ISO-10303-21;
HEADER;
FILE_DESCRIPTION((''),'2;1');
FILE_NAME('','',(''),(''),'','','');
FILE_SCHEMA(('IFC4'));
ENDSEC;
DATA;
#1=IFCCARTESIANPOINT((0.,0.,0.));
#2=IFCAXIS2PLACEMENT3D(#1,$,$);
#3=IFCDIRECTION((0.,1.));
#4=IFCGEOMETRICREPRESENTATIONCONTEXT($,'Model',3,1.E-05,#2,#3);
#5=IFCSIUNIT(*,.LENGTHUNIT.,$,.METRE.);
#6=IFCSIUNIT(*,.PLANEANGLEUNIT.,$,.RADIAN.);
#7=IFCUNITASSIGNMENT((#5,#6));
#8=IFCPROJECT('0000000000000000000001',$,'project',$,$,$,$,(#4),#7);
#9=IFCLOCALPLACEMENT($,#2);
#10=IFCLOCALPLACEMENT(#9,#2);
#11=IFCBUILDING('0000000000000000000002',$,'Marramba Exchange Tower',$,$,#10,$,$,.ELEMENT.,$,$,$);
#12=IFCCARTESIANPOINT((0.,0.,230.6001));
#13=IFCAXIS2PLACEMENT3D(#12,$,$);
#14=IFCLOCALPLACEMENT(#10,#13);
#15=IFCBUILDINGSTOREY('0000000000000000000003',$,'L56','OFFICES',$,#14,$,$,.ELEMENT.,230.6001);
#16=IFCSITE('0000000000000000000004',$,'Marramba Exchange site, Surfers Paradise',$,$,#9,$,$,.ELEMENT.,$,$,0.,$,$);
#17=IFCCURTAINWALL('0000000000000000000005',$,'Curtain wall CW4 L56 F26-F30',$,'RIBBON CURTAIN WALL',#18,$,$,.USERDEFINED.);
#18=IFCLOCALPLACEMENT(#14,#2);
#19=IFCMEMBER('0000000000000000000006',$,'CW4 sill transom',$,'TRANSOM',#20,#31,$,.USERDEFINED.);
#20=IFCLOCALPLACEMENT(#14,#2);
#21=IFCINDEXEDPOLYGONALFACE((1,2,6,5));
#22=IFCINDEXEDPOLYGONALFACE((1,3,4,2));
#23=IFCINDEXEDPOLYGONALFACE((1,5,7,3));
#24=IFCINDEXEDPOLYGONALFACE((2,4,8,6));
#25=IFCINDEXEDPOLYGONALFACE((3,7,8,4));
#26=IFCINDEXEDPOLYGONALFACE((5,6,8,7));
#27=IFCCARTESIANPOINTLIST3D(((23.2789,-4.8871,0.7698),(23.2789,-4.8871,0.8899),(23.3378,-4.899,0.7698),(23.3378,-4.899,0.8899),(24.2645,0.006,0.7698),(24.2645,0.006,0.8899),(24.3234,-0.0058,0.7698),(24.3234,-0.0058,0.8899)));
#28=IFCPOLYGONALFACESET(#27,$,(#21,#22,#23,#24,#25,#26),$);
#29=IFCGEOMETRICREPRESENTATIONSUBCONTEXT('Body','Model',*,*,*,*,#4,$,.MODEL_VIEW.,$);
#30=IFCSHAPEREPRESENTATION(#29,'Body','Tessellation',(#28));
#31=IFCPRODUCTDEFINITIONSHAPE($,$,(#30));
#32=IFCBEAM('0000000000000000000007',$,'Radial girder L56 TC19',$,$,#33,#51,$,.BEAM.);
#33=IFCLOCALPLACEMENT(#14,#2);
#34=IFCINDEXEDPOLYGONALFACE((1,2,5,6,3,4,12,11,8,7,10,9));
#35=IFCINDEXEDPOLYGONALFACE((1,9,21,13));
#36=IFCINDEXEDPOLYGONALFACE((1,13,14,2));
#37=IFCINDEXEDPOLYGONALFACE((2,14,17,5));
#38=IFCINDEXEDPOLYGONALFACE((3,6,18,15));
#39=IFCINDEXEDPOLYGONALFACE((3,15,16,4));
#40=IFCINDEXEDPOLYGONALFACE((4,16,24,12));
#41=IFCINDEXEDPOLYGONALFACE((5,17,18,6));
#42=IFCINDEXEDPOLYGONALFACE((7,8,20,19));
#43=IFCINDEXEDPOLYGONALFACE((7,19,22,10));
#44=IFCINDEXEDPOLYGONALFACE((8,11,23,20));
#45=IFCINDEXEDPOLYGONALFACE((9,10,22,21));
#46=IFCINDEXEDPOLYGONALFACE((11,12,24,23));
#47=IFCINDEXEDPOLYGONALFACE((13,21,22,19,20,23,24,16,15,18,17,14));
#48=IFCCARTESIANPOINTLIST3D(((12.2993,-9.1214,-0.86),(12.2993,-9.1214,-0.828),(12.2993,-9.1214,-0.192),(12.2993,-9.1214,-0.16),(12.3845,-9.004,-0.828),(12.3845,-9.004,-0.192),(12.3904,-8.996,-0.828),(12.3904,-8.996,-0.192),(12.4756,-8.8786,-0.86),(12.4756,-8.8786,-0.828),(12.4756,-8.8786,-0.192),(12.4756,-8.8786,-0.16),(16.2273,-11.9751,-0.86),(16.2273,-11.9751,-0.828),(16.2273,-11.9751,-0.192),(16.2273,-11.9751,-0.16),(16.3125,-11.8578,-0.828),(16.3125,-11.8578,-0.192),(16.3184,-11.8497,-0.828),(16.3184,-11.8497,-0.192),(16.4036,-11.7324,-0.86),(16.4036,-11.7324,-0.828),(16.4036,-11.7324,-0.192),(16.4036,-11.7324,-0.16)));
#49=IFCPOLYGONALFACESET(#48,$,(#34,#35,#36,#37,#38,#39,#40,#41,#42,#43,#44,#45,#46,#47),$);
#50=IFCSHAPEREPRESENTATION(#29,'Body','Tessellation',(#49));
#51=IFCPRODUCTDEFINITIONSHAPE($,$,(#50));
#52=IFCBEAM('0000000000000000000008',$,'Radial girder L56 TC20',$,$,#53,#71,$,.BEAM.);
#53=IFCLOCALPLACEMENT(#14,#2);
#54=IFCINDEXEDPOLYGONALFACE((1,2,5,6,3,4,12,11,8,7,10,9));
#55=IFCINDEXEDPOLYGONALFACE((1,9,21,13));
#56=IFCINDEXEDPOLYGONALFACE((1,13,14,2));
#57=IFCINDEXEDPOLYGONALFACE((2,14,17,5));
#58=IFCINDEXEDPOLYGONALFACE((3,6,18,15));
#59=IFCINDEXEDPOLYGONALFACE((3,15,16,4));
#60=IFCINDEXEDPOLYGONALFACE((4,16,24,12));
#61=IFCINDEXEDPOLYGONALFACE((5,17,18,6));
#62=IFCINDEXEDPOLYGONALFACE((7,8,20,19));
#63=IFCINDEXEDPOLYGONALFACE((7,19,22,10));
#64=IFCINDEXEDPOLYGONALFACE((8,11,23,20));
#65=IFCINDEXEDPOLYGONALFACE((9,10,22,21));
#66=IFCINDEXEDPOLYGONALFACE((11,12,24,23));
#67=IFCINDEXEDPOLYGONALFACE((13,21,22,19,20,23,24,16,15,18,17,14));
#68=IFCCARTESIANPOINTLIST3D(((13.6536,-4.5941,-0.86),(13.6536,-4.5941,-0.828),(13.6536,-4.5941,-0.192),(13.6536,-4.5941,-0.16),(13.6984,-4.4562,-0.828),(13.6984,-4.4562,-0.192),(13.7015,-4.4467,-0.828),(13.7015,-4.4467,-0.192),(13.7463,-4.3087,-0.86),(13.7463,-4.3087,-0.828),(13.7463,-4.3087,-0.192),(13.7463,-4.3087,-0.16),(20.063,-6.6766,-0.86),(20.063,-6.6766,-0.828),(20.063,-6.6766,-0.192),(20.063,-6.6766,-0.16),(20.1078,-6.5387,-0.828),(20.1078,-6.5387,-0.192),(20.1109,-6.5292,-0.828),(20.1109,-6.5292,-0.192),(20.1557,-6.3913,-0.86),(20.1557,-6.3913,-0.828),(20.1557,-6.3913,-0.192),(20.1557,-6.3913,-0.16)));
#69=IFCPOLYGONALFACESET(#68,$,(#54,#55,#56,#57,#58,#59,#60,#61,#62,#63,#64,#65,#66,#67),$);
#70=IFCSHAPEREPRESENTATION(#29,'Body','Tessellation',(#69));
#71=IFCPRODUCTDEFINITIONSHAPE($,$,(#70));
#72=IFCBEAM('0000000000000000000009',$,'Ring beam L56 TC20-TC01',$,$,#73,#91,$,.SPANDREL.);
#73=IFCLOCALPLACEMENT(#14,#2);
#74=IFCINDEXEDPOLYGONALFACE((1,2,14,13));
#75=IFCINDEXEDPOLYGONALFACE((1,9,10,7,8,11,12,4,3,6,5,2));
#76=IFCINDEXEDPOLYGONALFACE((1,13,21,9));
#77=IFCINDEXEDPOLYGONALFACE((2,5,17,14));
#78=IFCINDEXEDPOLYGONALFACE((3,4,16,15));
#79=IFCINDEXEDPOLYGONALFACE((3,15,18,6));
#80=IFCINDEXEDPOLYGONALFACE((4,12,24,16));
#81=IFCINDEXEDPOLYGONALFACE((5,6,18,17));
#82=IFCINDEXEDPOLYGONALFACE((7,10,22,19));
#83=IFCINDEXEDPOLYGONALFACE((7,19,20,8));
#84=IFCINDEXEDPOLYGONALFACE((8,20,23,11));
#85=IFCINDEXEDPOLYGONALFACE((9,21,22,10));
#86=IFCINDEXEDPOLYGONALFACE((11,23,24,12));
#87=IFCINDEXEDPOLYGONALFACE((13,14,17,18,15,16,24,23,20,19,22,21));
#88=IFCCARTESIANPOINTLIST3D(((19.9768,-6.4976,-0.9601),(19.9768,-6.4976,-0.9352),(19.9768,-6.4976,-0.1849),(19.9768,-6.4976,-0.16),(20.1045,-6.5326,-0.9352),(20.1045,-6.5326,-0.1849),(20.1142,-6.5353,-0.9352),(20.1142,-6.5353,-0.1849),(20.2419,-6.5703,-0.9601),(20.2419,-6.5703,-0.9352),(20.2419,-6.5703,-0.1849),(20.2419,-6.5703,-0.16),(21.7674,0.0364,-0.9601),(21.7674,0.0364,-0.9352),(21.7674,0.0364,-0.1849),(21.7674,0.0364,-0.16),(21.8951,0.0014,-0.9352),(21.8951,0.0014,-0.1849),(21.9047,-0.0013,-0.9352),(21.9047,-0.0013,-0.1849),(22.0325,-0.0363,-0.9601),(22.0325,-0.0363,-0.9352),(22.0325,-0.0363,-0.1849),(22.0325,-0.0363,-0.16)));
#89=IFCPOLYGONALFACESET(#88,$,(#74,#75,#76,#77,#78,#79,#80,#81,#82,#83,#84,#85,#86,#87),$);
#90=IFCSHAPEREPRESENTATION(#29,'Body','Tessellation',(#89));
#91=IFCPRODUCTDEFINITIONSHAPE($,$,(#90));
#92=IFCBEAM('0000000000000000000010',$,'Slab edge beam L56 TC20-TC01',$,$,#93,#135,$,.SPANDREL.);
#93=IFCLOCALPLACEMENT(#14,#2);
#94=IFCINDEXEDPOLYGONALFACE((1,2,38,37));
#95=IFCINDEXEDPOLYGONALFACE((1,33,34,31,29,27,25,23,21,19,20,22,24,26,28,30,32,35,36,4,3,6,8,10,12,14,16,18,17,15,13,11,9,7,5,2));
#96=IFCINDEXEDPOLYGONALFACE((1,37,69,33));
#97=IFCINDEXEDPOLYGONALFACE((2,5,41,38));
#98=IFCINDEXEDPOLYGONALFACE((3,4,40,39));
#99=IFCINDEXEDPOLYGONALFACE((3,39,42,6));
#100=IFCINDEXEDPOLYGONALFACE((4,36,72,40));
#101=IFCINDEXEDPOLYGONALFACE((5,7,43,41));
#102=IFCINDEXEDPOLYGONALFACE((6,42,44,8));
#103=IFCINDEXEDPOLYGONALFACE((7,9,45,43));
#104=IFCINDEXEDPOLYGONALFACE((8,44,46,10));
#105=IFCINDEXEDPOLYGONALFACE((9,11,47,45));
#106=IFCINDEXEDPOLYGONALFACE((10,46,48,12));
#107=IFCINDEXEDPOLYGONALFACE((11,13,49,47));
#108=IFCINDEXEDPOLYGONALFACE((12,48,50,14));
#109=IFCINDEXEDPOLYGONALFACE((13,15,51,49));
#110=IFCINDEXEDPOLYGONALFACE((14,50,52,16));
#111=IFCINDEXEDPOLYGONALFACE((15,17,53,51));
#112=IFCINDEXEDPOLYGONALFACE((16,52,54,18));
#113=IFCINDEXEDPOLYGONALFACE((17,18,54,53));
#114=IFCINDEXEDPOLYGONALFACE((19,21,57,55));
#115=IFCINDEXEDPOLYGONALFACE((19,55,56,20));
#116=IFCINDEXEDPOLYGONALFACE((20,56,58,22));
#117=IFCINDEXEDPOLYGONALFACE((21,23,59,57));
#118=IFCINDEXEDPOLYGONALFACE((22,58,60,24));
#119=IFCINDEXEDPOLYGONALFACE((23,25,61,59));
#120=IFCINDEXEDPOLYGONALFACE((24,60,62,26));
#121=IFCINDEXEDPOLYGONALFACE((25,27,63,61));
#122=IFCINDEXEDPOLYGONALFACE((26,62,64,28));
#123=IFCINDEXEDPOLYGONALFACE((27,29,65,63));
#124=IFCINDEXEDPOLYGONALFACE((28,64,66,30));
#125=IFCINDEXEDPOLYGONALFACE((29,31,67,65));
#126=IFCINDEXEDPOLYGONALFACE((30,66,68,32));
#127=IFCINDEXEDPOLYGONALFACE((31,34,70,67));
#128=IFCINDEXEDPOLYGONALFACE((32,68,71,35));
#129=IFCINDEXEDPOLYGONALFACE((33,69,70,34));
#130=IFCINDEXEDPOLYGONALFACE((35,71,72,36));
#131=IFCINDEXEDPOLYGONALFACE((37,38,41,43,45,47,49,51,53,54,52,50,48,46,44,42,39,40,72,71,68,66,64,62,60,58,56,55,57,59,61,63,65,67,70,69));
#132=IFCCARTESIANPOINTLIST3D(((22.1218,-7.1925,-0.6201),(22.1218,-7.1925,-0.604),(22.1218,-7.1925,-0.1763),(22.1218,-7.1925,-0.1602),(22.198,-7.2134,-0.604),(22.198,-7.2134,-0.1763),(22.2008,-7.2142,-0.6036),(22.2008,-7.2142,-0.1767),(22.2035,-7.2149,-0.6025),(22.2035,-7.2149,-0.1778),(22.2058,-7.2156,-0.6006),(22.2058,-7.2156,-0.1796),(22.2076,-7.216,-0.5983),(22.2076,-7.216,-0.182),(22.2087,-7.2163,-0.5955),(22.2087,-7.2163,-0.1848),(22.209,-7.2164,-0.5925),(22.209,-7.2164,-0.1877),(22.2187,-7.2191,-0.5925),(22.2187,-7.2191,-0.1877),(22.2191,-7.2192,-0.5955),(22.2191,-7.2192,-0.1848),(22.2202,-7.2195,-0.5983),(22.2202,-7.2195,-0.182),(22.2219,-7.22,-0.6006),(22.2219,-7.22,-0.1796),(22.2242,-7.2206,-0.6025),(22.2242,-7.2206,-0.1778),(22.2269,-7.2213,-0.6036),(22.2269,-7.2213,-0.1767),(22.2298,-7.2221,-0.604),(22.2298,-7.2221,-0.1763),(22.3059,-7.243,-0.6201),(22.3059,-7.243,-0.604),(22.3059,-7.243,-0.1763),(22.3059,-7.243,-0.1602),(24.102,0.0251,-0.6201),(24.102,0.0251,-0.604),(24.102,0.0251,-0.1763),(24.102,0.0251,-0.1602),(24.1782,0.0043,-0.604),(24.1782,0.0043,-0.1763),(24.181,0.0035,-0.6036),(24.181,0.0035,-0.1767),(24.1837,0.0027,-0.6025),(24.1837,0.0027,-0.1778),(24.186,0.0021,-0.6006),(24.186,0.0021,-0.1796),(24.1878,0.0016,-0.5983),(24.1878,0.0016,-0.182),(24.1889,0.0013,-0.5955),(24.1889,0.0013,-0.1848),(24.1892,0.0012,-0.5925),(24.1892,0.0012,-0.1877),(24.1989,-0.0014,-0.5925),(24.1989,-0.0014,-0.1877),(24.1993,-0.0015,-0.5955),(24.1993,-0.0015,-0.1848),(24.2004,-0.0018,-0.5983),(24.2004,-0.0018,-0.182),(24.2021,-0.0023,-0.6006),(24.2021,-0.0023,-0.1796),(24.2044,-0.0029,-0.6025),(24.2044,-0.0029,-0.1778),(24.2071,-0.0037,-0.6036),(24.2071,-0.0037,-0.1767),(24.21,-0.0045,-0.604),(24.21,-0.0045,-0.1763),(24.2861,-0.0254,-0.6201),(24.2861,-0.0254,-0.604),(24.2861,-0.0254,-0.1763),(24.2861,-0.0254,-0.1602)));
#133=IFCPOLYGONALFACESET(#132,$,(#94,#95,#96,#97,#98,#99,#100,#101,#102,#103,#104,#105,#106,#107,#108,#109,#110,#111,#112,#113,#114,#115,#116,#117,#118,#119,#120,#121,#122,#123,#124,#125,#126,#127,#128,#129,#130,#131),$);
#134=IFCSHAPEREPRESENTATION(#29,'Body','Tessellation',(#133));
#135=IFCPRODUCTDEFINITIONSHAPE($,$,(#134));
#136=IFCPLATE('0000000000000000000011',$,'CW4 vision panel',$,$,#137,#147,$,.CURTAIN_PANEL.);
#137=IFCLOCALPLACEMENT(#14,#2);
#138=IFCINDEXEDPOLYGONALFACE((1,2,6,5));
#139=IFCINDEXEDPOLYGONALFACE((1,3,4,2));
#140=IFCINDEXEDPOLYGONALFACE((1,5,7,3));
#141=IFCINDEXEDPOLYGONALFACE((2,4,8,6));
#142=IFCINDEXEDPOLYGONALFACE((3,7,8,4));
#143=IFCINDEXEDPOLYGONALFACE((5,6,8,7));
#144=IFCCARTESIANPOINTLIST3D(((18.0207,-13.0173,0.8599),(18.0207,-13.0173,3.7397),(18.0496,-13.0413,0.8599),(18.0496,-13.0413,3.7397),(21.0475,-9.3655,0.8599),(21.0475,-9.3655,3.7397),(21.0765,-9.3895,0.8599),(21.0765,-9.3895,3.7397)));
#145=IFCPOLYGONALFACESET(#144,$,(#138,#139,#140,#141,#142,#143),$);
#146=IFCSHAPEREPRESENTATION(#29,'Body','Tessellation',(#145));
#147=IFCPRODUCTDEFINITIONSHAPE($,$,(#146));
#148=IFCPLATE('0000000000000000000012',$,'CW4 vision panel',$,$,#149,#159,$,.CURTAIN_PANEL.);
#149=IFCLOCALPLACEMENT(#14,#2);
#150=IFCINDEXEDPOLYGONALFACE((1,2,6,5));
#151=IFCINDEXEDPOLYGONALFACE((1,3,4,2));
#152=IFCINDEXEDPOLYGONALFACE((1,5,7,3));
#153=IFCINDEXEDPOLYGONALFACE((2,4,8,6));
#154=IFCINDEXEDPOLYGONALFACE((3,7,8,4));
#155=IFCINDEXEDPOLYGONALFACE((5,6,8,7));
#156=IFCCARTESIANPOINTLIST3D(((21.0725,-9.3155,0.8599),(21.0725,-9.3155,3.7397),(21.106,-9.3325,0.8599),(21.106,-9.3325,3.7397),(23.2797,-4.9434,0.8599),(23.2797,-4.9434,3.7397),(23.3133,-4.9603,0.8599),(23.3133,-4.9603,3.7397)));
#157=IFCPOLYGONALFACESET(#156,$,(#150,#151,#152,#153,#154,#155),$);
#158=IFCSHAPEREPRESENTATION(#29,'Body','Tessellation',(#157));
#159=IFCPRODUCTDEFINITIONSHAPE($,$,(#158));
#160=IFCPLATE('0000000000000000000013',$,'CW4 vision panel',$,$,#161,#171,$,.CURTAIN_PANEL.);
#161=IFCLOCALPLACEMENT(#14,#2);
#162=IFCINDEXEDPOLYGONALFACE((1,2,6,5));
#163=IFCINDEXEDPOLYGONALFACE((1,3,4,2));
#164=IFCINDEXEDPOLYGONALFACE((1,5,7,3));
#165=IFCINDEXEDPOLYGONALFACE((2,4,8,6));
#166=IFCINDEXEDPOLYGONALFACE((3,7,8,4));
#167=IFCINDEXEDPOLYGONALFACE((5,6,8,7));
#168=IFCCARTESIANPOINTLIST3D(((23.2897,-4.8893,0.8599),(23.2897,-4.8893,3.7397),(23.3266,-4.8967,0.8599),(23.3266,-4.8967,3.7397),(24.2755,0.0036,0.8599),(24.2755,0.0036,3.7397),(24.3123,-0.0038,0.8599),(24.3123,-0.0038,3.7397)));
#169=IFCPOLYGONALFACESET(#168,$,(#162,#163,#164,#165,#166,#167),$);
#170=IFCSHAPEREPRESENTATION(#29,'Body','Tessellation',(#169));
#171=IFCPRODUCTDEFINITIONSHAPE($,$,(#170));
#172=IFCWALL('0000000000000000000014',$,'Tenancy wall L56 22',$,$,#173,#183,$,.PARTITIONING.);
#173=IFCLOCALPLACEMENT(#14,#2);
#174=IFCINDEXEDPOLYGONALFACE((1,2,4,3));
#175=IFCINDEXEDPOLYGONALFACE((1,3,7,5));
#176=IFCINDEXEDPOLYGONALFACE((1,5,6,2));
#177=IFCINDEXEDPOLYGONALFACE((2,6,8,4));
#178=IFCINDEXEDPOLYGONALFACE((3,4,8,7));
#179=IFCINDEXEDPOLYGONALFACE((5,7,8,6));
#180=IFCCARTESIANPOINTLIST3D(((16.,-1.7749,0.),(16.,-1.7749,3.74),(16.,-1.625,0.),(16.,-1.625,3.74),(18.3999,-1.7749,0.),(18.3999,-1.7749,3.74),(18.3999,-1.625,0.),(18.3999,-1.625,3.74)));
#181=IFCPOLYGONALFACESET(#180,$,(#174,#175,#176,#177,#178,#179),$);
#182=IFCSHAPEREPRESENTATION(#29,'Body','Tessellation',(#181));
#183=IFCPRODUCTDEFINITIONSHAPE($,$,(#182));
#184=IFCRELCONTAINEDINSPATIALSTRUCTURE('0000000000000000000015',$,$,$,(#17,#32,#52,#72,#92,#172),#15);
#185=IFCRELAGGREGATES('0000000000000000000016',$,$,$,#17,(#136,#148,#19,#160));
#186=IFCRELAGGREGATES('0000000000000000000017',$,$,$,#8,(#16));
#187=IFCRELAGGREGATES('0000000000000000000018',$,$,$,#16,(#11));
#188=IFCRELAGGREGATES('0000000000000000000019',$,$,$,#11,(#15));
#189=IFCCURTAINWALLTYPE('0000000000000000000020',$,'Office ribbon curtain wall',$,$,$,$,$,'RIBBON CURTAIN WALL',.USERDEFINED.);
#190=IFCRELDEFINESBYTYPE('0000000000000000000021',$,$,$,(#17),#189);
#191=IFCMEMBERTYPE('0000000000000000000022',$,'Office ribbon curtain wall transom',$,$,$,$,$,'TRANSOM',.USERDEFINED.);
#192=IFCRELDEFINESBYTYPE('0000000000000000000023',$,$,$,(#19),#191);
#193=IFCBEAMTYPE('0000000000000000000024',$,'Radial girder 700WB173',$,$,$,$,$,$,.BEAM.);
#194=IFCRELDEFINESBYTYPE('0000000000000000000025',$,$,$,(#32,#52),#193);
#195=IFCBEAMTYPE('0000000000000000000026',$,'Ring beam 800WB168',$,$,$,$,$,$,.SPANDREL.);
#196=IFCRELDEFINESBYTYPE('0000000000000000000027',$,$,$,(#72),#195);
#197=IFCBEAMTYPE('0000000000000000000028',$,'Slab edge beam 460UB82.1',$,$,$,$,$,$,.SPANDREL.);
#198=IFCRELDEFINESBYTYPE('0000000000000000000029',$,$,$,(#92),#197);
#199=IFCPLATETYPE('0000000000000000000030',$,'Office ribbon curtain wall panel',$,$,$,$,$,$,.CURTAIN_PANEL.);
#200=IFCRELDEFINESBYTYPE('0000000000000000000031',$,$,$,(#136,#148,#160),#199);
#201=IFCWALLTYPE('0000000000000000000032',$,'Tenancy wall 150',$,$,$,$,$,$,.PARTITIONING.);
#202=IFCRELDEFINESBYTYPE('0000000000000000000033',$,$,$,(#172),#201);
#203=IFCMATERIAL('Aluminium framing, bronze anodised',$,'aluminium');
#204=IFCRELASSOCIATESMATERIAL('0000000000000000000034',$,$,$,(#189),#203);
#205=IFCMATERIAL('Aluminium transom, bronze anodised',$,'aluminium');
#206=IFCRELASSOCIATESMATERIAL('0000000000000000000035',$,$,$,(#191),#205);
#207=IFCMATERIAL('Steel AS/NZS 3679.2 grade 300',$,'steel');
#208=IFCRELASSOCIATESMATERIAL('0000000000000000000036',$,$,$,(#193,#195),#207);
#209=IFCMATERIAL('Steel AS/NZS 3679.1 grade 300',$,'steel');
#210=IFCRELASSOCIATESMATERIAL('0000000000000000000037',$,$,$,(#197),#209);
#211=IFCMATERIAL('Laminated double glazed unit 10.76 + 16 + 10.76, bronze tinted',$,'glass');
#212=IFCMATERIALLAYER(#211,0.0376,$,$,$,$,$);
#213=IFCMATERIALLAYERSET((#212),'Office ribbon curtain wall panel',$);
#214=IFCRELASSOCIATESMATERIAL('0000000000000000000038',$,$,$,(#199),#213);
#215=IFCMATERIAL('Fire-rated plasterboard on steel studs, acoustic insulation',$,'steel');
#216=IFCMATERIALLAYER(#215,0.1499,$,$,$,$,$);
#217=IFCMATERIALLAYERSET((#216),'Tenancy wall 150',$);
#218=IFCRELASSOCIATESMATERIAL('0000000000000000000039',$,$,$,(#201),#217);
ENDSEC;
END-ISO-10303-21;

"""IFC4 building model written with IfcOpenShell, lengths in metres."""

from ifc_helpers import new_model, si_unit, direction, frame, frame_2d, origin, origin_2d, place, context, subcontext, project, spatial, rectangle, i_section, extrude, material, layer, layer_set, material_profile, profile_set, type_object, element, aggregate, save


model = new_model("IFC4")

# Units and contexts
model_context = context("Model", 3, precision=1e-05, world=origin(), true_north=direction((0.0, 1.0)))
body_context = subcontext(model_context, "Body", "Model", "MODEL_VIEW")
ifc_project = project(units=[si_unit("LENGTHUNIT", "METRE"), si_unit("PLANEANGLEUNIT", "RADIAN")], contexts=[model_context])

# Site, building, storey
site_placement = place(None, origin())
site = spatial("IfcSite", under=ifc_project, at=site_placement, Name="Marramba Exchange site, Surfers Paradise", CompositionType="ELEMENT", RefElevation=0.0)
building_placement = place(site_placement, origin())
building = spatial("IfcBuilding", under=site, at=building_placement, Name="Marramba Exchange Tower", CompositionType="ELEMENT")
storey_placement = place(building_placement, frame((0.0, 0.0, 230.6001)))
storey = spatial("IfcBuildingStorey", under=building, at=storey_placement, Name="L56", Description="OFFICES", CompositionType="ELEMENT", Elevation=230.6001)

# Shared definitions
ifc_material_1 = material(Name="Steel AS/NZS 3679.2 grade 300", Category="steel")
ifc_material_2 = material(Name="Steel AS/NZS 3679.1 grade 300", Category="steel")

# Curtain wall, member
ifc_material_3 = material(Name="Aluminium framing, bronze anodised", Category="aluminium")
curtain_wall_type = type_object("IfcCurtainWallType", Name="Office ribbon curtain wall", ElementType="RIBBON CURTAIN WALL", PredefinedType="USERDEFINED", material=ifc_material_3)
curtain_wall_placement = place(storey_placement, origin())
curtain_wall = element("IfcCurtainWall", 1, at=curtain_wall_placement, inside=storey, type_object=curtain_wall_type, Name="Curtain wall CW4 L56 F26-F30", ObjectType="RIBBON CURTAIN WALL", PredefinedType="USERDEFINED")
ifc_material_4 = material(Name="Aluminium transom, bronze anodised", Category="aluminium")
ifc_material_profile_1 = material_profile(ifc_material_4, rectangle(XDim=0.0601, YDim=0.1201, at=origin_2d()), Name="CW4 transom 60x120")
ifc_profile_set_1 = profile_set([ifc_material_profile_1], Name="Aluminium transom, bronze anodised")
member_type_1 = type_object("IfcMemberType", Name="Office ribbon curtain wall transom", ElementType="TRANSOM", PredefinedType="USERDEFINED", material=ifc_profile_set_1)
member_1_placement = place(storey_placement, frame((23.3083, -4.8931, 0.8298), z_axis=(0.197461, 0.980311, 0.0), x_axis=(-0.980311, 0.197461, 0.0)))
member_1 = element("IfcMember", 2, at=member_1_placement, type_object=member_type_1, Name="CW4 sill transom", ObjectType="TRANSOM", PredefinedType="USERDEFINED", context=body_context, shape_type="SweptSolid", body=[
    extrude(rectangle(XDim=0.0601, YDim=0.1201, at=origin_2d()), origin(), (0.0, 0.0, 1.0), 4.9915),
])

# Beams
ifc_material_profile_2 = material_profile(ifc_material_1, i_section(OverallWidth=0.3, OverallDepth=0.7, WebThickness=0.01, FlangeThickness=0.032, at=origin_2d()), Name="700WB173")
ifc_profile_set_2 = profile_set([ifc_material_profile_2], Name="Steel AS/NZS 3679.2 grade 300")
beam_type_1 = type_object("IfcBeamType", Name="Radial girder 700WB173", PredefinedType="BEAM", material=ifc_profile_set_2)
beam_1_placement = place(storey_placement, frame((12.3875, -9.0, -0.51), z_axis=(0.809025, -0.587774, 0.0), x_axis=(0.587774, 0.809025, 0.0)))
element("IfcBeam", 3, at=beam_1_placement, inside=storey, type_object=beam_type_1, Name="Radial girder L56 TC19", PredefinedType="BEAM", context=body_context, shape_type="SweptSolid", body=[
    extrude(i_section(OverallWidth=0.3, OverallDepth=0.7, WebThickness=0.01, FlangeThickness=0.032, at=origin_2d()), origin(), (0.0, 0.0, 1.0), 4.8552),
])
beam_2_placement = place(storey_placement, frame((13.7, -4.4514, -0.51), z_axis=(0.951058, -0.309013, 0.0), x_axis=(0.309013, 0.951058, 0.0)))
element("IfcBeam", 4, at=beam_2_placement, inside=storey, type_object=beam_type_1, Name="Radial girder L56 TC20", PredefinedType="BEAM", context=body_context, shape_type="SweptSolid", body=[
    extrude(i_section(OverallWidth=0.3, OverallDepth=0.7, WebThickness=0.01, FlangeThickness=0.032, at=origin_2d()), origin(), (0.0, 0.0, 1.0), 6.7393),
])
ifc_material_profile_3 = material_profile(ifc_material_1, i_section(OverallWidth=0.2749, OverallDepth=0.8, WebThickness=0.01, FlangeThickness=0.0249, at=origin_2d()), Name="800WB168")
ifc_profile_set_3 = profile_set([ifc_material_profile_3], Name="Steel AS/NZS 3679.2 grade 300")
beam_type_2 = type_object("IfcBeamType", Name="Ring beam 800WB168", PredefinedType="SPANDREL", material=ifc_profile_set_3)
beam_3_placement = place(storey_placement, frame((20.1094, -6.5339, -0.5601), z_axis=(0.264291, 0.964443, 0.0), x_axis=(-0.964443, 0.264291, 0.0)))
element("IfcBeam", 5, at=beam_3_placement, inside=storey, type_object=beam_type_2, Name="Ring beam L56 TC20-TC01", PredefinedType="SPANDREL", context=body_context, shape_type="SweptSolid", body=[
    extrude(i_section(OverallWidth=0.2749, OverallDepth=0.8, WebThickness=0.01, FlangeThickness=0.0249, at=origin_2d()), origin(), (0.0, 0.0, 1.0), 6.7749),
])
ifc_material_profile_4 = material_profile(ifc_material_2, i_section(OverallWidth=0.1909, OverallDepth=0.46, WebThickness=0.01, FlangeThickness=0.0161, FilletRadius=0.0115, at=origin_2d()), Name="460UB82.1")
ifc_profile_set_4 = profile_set([ifc_material_profile_4], Name="Steel AS/NZS 3679.1 grade 300")
beam_type_3 = type_object("IfcBeamType", Name="Slab edge beam 460UB82.1", PredefinedType="SPANDREL", material=ifc_profile_set_4)
beam_4_placement = place(storey_placement, frame((22.2139, -7.2178, -0.3901), z_axis=(0.264577, 0.964365, 0.0), x_axis=(-0.964365, 0.264577, 0.0)))
element("IfcBeam", 6, at=beam_4_placement, inside=storey, type_object=beam_type_3, Name="Slab edge beam L56 TC20-TC01", PredefinedType="SPANDREL", context=body_context, shape_type="SweptSolid", body=[
    extrude(i_section(OverallWidth=0.1909, OverallDepth=0.46, WebThickness=0.01, FlangeThickness=0.0161, FilletRadius=0.0115, at=origin_2d()), origin(), (0.0, 0.0, 1.0), 7.4844),
])

# Plates
ifc_material_5 = material(Name="Laminated double glazed unit 10.76 + 16 + 10.76, bronze tinted", Category="glass")
ifc_layer_1 = layer(ifc_material_5, 0.0376)
ifc_layer_set_1 = layer_set([ifc_layer_1], Name="Office ribbon curtain wall panel")
plate_type = type_object("IfcPlateType", Name="Office ribbon curtain wall panel", PredefinedType="CURTAIN_PANEL", material=ifc_layer_set_1)
plate_1_placement = place(storey_placement, frame((19.5486, -11.2034, 0.8599), z_axis=(0.0, 0.0, 1.0), x_axis=(0.63815, 0.769912, 0.0)))
plate_1 = element("IfcPlate", 7, at=plate_1_placement, type_object=plate_type, Name="CW4 vision panel", PredefinedType="CURTAIN_PANEL", context=body_context, shape_type="SweptSolid", body=[
    extrude(rectangle(XDim=4.7432, YDim=0.0376, at=origin_2d()), origin(), (0.0, 0.0, 1.0), 2.8799),
])
plate_2_placement = place(storey_placement, frame((22.1929, -7.1379, 0.8599), z_axis=(0.0, 0.0, 1.0), x_axis=(0.450673, 0.892689, 0.0)))
plate_2 = element("IfcPlate", 8, at=plate_2_placement, type_object=plate_type, Name="CW4 vision panel", PredefinedType="CURTAIN_PANEL", context=body_context, shape_type="SweptSolid", body=[
    extrude(rectangle(XDim=4.8977, YDim=0.0376, at=origin_2d()), origin(), (0.0, 0.0, 1.0), 2.8799),
])
plate_3_placement = place(storey_placement, frame((23.801, -2.4465, 0.8599), z_axis=(0.0, 0.0, 1.0), x_axis=(0.197495, 0.980304, 0.0)))
plate_3 = element("IfcPlate", 9, at=plate_3_placement, type_object=plate_type, Name="CW4 vision panel", PredefinedType="CURTAIN_PANEL", context=body_context, shape_type="SweptSolid", body=[
    extrude(rectangle(XDim=4.9912, YDim=0.0376, at=origin_2d()), origin(), (0.0, 0.0, 1.0), 2.8799),
])
aggregate(curtain_wall, [plate_1, plate_2, member_1, plate_3])

# Wall
ifc_material_6 = material(Name="Fire-rated plasterboard on steel studs, acoustic insulation", Category="steel")
ifc_layer_2 = layer(ifc_material_6, 0.1499)
ifc_layer_set_2 = layer_set([ifc_layer_2], Name="Tenancy wall 150")
wall_type_1 = type_object("IfcWallType", Name="Tenancy wall 150", PredefinedType="PARTITIONING", material=ifc_layer_set_2)
wall_1_placement = place(storey_placement, frame((16.0, -1.7, 0.0), z_axis=(0.0, 0.0, 1.0), x_axis=(1.0, 0.0, 0.0)))
element("IfcWall", 10, at=wall_1_placement, inside=storey, type_object=wall_type_1, Name="Tenancy wall L56 22", PredefinedType="PARTITIONING", context=body_context, shape_type="SweptSolid", body=[
    extrude(rectangle(XDim=2.3999, YDim=0.1499, at=frame_2d((1.2, 0.0))), origin(), (0.0, 0.0, 1.0), 3.74),
])

save(model, "model.ifc")
